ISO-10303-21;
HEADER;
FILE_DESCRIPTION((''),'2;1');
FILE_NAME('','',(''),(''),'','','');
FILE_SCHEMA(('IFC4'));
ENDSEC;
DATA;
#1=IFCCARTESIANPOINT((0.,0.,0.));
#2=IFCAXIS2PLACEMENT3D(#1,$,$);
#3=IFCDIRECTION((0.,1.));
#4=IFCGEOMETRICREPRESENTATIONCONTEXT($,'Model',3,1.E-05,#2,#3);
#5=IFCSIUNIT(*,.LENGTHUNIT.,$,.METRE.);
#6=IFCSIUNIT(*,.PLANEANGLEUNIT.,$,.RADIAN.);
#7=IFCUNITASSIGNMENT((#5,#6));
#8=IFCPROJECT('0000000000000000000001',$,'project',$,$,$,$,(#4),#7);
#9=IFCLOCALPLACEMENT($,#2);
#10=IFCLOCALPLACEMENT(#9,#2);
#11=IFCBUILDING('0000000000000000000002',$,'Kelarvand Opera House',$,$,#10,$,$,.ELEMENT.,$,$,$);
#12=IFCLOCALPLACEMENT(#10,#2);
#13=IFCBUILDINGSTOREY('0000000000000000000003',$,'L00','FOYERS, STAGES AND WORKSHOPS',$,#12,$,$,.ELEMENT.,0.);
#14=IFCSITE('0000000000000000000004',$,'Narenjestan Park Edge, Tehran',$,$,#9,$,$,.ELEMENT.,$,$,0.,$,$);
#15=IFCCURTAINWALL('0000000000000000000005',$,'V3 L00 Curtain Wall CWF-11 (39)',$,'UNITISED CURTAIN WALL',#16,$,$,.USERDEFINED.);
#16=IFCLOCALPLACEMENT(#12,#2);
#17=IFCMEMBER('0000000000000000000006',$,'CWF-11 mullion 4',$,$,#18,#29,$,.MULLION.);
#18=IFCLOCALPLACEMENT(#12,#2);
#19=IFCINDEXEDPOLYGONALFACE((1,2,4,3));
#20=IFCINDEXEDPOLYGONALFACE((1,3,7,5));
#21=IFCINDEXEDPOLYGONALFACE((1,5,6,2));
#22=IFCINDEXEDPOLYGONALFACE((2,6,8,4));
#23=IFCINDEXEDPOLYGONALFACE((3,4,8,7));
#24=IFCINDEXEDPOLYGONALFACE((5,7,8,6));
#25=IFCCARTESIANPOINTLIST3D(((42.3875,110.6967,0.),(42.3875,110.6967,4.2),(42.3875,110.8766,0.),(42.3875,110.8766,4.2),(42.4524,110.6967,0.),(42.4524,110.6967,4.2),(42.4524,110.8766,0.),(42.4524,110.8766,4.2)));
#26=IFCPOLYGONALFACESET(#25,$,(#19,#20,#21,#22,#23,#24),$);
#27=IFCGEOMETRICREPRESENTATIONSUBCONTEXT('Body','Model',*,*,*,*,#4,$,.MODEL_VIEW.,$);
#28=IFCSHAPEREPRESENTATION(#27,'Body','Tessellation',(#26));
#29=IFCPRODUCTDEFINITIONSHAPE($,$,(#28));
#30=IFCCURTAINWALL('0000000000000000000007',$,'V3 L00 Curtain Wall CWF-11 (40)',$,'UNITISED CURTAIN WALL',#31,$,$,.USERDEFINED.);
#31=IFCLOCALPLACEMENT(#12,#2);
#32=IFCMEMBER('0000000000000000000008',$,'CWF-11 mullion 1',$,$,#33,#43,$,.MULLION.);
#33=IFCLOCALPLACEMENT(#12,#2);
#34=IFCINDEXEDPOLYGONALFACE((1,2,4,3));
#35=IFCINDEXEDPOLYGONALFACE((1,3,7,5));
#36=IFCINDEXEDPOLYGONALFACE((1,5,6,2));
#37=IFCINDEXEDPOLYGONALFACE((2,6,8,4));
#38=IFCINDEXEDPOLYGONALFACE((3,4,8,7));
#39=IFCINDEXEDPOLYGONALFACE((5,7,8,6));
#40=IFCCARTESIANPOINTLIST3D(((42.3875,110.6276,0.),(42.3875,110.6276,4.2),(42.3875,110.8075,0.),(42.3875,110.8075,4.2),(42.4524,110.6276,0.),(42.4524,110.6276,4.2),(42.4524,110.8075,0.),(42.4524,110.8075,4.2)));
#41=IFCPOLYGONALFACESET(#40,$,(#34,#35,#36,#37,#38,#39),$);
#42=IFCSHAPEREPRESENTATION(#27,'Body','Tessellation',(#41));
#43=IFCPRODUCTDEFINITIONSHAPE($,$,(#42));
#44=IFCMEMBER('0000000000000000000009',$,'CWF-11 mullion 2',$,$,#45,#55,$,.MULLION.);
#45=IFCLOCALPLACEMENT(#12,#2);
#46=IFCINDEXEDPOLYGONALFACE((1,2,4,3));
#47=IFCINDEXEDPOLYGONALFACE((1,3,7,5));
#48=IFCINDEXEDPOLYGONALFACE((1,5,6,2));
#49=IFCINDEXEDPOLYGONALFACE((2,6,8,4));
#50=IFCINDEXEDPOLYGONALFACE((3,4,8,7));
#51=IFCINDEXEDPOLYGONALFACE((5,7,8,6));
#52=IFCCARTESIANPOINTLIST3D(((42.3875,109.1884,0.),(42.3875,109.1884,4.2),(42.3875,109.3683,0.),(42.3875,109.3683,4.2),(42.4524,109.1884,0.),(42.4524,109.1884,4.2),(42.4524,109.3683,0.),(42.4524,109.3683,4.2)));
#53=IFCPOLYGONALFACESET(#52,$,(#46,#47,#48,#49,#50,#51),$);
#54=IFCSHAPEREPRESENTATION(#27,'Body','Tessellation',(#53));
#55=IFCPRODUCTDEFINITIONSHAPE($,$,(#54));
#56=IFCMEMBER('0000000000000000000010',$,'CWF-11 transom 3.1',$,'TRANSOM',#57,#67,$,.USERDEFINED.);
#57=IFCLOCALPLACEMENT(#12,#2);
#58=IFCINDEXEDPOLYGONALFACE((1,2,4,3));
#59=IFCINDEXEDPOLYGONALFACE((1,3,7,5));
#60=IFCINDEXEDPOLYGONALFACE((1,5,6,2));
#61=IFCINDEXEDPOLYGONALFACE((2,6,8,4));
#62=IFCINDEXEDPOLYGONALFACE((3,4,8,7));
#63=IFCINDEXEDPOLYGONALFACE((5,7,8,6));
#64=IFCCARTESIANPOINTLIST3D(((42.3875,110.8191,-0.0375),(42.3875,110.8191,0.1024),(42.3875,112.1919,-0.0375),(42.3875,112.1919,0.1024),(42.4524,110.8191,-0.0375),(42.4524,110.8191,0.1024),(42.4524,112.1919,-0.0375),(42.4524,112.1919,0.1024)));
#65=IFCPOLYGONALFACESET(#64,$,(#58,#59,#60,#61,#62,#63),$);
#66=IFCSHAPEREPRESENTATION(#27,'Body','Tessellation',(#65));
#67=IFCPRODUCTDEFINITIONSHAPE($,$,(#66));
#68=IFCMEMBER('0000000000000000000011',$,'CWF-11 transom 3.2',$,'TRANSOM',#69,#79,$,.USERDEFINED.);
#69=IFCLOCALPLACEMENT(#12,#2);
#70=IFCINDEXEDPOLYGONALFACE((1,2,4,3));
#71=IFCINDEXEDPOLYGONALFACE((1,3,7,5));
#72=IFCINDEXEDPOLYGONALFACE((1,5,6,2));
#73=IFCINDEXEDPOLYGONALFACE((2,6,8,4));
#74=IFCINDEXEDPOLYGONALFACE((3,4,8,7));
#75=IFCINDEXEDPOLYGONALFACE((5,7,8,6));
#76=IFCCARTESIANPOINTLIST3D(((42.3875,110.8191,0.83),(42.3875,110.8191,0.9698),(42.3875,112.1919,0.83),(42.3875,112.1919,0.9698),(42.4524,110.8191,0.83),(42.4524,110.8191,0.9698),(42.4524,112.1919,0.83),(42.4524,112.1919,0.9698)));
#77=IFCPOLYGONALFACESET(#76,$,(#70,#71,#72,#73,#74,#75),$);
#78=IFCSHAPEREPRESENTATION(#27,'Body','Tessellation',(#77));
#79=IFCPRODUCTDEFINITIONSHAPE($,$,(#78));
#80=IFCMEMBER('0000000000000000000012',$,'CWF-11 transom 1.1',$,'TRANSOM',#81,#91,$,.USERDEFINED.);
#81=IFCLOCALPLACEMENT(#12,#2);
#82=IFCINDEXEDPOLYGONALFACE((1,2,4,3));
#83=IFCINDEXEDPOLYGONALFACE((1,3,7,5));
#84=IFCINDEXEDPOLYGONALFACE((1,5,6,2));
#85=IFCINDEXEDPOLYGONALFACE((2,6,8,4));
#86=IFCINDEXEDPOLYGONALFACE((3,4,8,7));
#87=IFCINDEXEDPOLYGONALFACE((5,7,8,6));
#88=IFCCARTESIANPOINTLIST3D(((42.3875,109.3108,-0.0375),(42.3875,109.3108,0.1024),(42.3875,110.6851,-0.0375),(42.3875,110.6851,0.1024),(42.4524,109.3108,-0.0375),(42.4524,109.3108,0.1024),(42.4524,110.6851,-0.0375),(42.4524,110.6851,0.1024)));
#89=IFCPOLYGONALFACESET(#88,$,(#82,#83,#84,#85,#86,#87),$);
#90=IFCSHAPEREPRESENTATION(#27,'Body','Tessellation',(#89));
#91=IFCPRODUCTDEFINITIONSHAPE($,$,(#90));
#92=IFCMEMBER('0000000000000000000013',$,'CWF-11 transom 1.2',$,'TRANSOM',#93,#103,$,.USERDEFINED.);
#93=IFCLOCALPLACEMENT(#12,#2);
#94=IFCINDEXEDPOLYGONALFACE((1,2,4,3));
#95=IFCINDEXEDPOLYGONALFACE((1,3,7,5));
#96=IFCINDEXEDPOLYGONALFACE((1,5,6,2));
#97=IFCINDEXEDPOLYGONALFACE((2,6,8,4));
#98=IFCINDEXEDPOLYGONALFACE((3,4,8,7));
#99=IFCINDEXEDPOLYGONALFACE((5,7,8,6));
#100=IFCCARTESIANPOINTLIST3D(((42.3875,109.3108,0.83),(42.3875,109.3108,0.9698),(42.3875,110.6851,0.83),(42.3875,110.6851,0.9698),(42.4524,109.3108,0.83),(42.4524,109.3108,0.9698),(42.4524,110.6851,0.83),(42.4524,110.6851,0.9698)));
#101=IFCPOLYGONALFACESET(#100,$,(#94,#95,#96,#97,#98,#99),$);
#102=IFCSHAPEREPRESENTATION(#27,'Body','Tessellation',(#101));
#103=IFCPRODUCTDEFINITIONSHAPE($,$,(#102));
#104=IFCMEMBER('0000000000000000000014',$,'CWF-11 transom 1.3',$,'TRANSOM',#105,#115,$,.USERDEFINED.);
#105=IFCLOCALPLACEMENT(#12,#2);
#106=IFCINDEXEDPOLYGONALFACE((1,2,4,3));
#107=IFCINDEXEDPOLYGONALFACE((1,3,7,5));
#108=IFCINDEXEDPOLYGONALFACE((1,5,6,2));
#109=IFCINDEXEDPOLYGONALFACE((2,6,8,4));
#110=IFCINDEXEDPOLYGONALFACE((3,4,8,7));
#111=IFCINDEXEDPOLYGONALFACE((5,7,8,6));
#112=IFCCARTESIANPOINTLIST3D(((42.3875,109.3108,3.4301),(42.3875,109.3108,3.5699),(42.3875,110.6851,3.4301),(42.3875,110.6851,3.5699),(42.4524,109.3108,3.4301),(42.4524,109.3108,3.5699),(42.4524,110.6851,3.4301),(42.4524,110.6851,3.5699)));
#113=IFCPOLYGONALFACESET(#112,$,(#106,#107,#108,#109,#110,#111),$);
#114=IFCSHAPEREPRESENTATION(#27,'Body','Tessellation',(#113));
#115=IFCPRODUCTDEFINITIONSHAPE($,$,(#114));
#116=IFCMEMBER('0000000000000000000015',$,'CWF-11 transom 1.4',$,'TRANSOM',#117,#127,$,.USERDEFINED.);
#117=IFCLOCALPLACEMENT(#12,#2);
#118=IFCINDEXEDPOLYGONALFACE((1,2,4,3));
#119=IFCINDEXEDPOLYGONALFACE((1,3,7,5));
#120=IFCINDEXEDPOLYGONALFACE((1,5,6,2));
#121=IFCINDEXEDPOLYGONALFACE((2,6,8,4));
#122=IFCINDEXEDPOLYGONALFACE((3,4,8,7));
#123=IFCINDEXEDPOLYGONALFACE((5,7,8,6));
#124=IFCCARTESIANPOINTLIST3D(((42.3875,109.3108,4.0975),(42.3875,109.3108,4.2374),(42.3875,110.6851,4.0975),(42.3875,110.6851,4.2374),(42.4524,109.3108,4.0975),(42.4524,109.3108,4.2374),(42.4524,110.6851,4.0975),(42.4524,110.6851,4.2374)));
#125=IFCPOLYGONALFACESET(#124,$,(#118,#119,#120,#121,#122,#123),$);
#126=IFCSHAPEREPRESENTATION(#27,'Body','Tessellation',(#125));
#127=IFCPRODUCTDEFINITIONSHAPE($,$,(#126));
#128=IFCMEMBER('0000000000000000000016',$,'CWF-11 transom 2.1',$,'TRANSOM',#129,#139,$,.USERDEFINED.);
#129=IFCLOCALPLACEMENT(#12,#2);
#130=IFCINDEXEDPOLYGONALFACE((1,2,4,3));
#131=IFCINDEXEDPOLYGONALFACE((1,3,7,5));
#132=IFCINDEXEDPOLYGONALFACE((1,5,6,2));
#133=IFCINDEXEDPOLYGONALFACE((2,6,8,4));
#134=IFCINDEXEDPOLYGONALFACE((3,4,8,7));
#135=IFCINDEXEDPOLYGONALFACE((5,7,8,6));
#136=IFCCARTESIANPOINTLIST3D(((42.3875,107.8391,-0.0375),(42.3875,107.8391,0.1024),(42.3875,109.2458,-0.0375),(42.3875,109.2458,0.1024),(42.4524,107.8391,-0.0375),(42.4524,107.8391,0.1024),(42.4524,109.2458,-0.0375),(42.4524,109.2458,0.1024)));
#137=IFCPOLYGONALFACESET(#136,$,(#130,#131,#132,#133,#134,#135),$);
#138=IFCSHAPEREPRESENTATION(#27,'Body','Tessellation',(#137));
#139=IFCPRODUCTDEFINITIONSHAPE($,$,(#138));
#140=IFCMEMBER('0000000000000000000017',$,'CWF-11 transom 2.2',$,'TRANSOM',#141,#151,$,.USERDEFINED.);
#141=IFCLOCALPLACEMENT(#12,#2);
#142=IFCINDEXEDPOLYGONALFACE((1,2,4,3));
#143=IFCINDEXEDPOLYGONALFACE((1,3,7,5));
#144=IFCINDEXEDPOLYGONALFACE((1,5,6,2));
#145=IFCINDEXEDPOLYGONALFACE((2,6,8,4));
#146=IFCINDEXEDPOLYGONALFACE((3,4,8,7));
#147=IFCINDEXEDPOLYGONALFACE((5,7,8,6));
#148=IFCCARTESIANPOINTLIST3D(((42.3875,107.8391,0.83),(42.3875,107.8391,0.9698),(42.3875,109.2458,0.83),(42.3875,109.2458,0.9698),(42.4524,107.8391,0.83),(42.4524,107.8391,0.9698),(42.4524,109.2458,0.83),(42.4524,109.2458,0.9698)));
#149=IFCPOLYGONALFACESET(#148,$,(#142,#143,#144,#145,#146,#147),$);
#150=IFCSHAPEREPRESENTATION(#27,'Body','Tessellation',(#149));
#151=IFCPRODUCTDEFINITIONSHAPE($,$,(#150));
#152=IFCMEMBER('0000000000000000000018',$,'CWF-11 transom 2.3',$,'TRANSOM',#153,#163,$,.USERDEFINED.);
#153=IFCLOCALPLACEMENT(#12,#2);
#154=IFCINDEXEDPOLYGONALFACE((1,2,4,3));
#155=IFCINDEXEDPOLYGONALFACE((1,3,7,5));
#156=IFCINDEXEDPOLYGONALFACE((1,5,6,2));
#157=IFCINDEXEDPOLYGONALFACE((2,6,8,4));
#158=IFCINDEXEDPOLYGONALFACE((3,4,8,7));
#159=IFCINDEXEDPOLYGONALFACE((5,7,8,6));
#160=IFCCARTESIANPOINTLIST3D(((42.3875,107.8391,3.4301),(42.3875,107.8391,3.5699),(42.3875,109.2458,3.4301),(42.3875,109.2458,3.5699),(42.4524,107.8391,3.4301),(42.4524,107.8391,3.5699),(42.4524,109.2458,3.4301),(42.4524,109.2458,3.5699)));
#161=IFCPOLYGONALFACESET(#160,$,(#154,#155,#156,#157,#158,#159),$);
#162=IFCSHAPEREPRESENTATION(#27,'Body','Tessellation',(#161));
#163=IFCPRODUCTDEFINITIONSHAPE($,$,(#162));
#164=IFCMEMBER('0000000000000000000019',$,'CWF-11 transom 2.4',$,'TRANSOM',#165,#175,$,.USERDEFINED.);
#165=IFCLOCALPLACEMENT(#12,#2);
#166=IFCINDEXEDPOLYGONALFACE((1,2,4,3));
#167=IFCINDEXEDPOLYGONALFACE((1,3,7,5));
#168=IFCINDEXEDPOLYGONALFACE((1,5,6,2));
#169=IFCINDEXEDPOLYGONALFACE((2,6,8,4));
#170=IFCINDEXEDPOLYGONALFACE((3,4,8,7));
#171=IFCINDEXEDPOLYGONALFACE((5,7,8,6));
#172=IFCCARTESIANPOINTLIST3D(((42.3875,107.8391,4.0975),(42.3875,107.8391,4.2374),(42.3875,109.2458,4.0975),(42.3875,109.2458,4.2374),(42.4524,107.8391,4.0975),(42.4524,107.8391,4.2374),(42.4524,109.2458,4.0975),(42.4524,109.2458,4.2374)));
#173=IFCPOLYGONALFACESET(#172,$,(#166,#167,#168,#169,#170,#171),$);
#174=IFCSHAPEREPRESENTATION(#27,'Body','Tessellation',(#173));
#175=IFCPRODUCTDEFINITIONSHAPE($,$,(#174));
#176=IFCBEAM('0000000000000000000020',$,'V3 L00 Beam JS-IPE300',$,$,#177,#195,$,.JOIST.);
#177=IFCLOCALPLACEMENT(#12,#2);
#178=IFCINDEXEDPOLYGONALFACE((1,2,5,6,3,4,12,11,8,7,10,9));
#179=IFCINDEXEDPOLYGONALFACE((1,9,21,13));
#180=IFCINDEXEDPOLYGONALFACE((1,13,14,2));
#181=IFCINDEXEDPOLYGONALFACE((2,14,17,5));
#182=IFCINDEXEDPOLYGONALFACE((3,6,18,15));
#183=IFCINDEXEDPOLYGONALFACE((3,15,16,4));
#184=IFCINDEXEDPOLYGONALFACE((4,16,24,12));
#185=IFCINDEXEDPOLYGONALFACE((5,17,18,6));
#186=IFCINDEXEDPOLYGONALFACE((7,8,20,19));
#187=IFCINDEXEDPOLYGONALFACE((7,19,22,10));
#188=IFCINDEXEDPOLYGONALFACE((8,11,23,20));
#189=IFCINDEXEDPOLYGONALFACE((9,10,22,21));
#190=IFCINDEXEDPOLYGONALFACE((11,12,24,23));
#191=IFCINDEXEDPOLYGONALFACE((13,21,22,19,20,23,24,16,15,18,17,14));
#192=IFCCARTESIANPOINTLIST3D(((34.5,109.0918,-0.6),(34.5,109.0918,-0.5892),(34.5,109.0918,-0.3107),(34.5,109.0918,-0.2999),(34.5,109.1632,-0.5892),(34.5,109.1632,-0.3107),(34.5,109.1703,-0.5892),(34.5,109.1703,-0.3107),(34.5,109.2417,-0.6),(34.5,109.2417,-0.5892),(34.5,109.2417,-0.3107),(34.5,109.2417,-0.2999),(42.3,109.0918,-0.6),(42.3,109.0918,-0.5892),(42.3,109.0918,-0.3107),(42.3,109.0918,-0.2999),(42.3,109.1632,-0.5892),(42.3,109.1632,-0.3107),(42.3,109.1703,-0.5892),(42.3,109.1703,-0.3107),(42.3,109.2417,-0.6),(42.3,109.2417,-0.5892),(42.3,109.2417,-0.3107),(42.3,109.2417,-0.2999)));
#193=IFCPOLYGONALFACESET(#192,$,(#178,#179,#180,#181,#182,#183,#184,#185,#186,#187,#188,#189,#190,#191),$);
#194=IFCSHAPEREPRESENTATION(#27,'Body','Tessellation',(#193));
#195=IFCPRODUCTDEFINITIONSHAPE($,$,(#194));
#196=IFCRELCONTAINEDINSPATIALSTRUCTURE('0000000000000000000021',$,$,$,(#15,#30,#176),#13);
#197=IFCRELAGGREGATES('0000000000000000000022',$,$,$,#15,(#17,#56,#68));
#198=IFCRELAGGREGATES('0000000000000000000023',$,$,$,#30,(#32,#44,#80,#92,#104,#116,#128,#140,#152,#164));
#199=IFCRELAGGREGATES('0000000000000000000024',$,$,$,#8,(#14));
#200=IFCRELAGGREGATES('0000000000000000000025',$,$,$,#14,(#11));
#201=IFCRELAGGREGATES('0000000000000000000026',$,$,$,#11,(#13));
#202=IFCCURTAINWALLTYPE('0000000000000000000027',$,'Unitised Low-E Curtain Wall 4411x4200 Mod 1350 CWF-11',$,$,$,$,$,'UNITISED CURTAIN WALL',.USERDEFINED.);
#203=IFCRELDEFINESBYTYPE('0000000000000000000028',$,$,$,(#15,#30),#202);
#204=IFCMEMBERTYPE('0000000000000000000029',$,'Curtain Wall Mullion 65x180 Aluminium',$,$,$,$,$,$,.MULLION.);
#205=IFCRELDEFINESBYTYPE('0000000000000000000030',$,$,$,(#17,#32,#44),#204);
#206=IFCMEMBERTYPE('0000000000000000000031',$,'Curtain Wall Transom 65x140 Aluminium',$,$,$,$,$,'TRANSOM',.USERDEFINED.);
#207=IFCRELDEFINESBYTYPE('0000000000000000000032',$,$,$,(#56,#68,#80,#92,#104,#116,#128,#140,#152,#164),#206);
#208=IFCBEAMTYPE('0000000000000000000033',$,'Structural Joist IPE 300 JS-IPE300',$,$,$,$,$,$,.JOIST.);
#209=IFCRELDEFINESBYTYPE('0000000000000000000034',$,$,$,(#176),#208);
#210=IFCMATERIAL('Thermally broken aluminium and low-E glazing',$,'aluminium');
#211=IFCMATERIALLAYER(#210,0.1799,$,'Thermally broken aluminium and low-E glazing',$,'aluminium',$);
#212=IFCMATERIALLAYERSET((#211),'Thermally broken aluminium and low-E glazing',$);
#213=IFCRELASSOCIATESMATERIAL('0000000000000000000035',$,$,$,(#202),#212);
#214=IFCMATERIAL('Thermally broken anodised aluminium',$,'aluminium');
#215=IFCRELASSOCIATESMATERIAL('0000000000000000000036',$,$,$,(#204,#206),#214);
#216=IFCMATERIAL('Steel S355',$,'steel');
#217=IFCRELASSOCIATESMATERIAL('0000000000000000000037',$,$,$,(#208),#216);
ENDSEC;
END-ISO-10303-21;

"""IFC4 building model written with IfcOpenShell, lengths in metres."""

from ifc_helpers import new_model, si_unit, direction, frame, origin, origin_2d, place, context, subcontext, project, spatial, rectangle, i_section, extrude, material, layer, layer_set, material_profile, profile_set, type_object, element, aggregate, save


model = new_model("IFC4")

# Units and contexts
model_context = context("Model", 3, precision=1e-05, world=origin(), true_north=direction((0.0, 1.0)))
body_context = subcontext(model_context, "Body", "Model", "MODEL_VIEW")
ifc_project = project(units=[si_unit("LENGTHUNIT", "METRE"), si_unit("PLANEANGLEUNIT", "RADIAN")], contexts=[model_context])

# Site, building, storey
site_placement = place(None, origin())
site = spatial("IfcSite", under=ifc_project, at=site_placement, Name="Narenjestan Park Edge, Tehran", CompositionType="ELEMENT", RefElevation=0.0)
building_placement = place(site_placement, origin())
building = spatial("IfcBuilding", under=site, at=building_placement, Name="Kelarvand Opera House", CompositionType="ELEMENT")
storey_placement = place(building_placement, origin())
storey = spatial("IfcBuildingStorey", under=building, at=storey_placement, Name="L00", Description="FOYERS, STAGES AND WORKSHOPS", CompositionType="ELEMENT", Elevation=0.0)

# Curtain wall, member
ifc_material_1 = material(Name="Thermally broken aluminium and low-E glazing", Category="aluminium")
ifc_layer_1 = layer(ifc_material_1, 0.1799, Name="Thermally broken aluminium and low-E glazing", Category="aluminium")
ifc_layer_set_1 = layer_set([ifc_layer_1], Name="Thermally broken aluminium and low-E glazing")
curtain_wall_type = type_object("IfcCurtainWallType", Name="Unitised Low-E Curtain Wall 4411x4200 Mod 1350 CWF-11", ElementType="UNITISED CURTAIN WALL", PredefinedType="USERDEFINED", material=ifc_layer_set_1)
curtain_wall_1_placement = place(storey_placement, origin())
curtain_wall_1 = element("IfcCurtainWall", 1, at=curtain_wall_1_placement, inside=storey, type_object=curtain_wall_type, Name="V3 L00 Curtain Wall CWF-11 (39)", ObjectType="UNITISED CURTAIN WALL", PredefinedType="USERDEFINED")
ifc_material_2 = material(Name="Thermally broken anodised aluminium", Category="aluminium")
ifc_material_profile_1 = material_profile(ifc_material_2, rectangle(XDim=0.0649, YDim=0.1799, at=origin_2d()), Name="ALU MULLION 65x180", Category="aluminium")
ifc_profile_set_1 = profile_set([ifc_material_profile_1], Name="Thermally broken anodised aluminium")
member_type_1 = type_object("IfcMemberType", Name="Curtain Wall Mullion 65x180 Aluminium", PredefinedType="MULLION", material=ifc_profile_set_1)
member_1_placement = place(storey_placement, frame((42.4199, 110.7866, 0.0), z_axis=(0.0, 0.0, 1.0), x_axis=(1.0, 0.0, 0.0)))
member_1 = element("IfcMember", 2, at=member_1_placement, type_object=member_type_1, Name="CWF-11 mullion 4", PredefinedType="MULLION", context=body_context, shape_type="SweptSolid", body=[
    extrude(rectangle(XDim=0.0649, YDim=0.1799, at=origin_2d()), origin(), (0.0, 0.0, 1.0), 4.2),
])

# Curtain wall, members
curtain_wall_2_placement = place(storey_placement, origin())
curtain_wall_2 = element("IfcCurtainWall", 3, at=curtain_wall_2_placement, inside=storey, type_object=curtain_wall_type, Name="V3 L00 Curtain Wall CWF-11 (40)", ObjectType="UNITISED CURTAIN WALL", PredefinedType="USERDEFINED")
member_2_placement = place(storey_placement, frame((42.4199, 110.7175, 0.0), z_axis=(0.0, 0.0, 1.0), x_axis=(1.0, 0.0, 0.0)))
member_2 = element("IfcMember", 4, at=member_2_placement, type_object=member_type_1, Name="CWF-11 mullion 1", PredefinedType="MULLION", context=body_context, shape_type="SweptSolid", body=[
    extrude(rectangle(XDim=0.0649, YDim=0.1799, at=origin_2d()), origin(), (0.0, 0.0, 1.0), 4.2),
])
member_3_placement = place(storey_placement, frame((42.4199, 109.2783, 0.0), z_axis=(0.0, 0.0, 1.0), x_axis=(1.0, 0.0, 0.0)))
member_3 = element("IfcMember", 5, at=member_3_placement, type_object=member_type_1, Name="CWF-11 mullion 2", PredefinedType="MULLION", context=body_context, shape_type="SweptSolid", body=[
    extrude(rectangle(XDim=0.0649, YDim=0.1799, at=origin_2d()), origin(), (0.0, 0.0, 1.0), 4.2),
])

# Members
ifc_material_profile_2 = material_profile(ifc_material_2, rectangle(XDim=0.0649, YDim=0.1399, at=origin_2d()), Name="ALU TRANSOM 65x140", Category="aluminium")
ifc_profile_set_2 = profile_set([ifc_material_profile_2], Name="Thermally broken anodised aluminium")
member_type_2 = type_object("IfcMemberType", Name="Curtain Wall Transom 65x140 Aluminium", ElementType="TRANSOM", PredefinedType="USERDEFINED", material=ifc_profile_set_2)
member_4_placement = place(storey_placement, frame((42.4199, 112.1919, 0.0325), z_axis=(0.0, -1.0, 0.0), x_axis=(1.0, 0.0, 0.0)))
member_4 = element("IfcMember", 6, at=member_4_placement, type_object=member_type_2, Name="CWF-11 transom 3.1", ObjectType="TRANSOM", PredefinedType="USERDEFINED", context=body_context, shape_type="SweptSolid", body=[
    extrude(rectangle(XDim=0.0649, YDim=0.1399, at=origin_2d()), origin(), (0.0, 0.0, 1.0), 1.3728),
])
member_5_placement = place(storey_placement, frame((42.4199, 112.1919, 0.8999), z_axis=(0.0, -1.0, 0.0), x_axis=(1.0, 0.0, 0.0)))
member_5 = element("IfcMember", 7, at=member_5_placement, type_object=member_type_2, Name="CWF-11 transom 3.2", ObjectType="TRANSOM", PredefinedType="USERDEFINED", context=body_context, shape_type="SweptSolid", body=[
    extrude(rectangle(XDim=0.0649, YDim=0.1399, at=origin_2d()), origin(), (0.0, 0.0, 1.0), 1.3728),
])
member_6_placement = place(storey_placement, frame((42.4199, 110.6851, 0.0325), z_axis=(0.0, -1.0, 0.0), x_axis=(1.0, 0.0, 0.0)))
member_6 = element("IfcMember", 8, at=member_6_placement, type_object=member_type_2, Name="CWF-11 transom 1.1", ObjectType="TRANSOM", PredefinedType="USERDEFINED", context=body_context, shape_type="SweptSolid", body=[
    extrude(rectangle(XDim=0.0649, YDim=0.1399, at=origin_2d()), origin(), (0.0, 0.0, 1.0), 1.3743),
])
member_7_placement = place(storey_placement, frame((42.4199, 110.6851, 0.8999), z_axis=(0.0, -1.0, 0.0), x_axis=(1.0, 0.0, 0.0)))
member_7 = element("IfcMember", 9, at=member_7_placement, type_object=member_type_2, Name="CWF-11 transom 1.2", ObjectType="TRANSOM", PredefinedType="USERDEFINED", context=body_context, shape_type="SweptSolid", body=[
    extrude(rectangle(XDim=0.0649, YDim=0.1399, at=origin_2d()), origin(), (0.0, 0.0, 1.0), 1.3743),
])
member_8_placement = place(storey_placement, frame((42.4199, 110.6851, 3.5), z_axis=(0.0, -1.0, 0.0), x_axis=(1.0, 0.0, 0.0)))
member_8 = element("IfcMember", 10, at=member_8_placement, type_object=member_type_2, Name="CWF-11 transom 1.3", ObjectType="TRANSOM", PredefinedType="USERDEFINED", context=body_context, shape_type="SweptSolid", body=[
    extrude(rectangle(XDim=0.0649, YDim=0.1399, at=origin_2d()), origin(), (0.0, 0.0, 1.0), 1.3743),
])
member_9_placement = place(storey_placement, frame((42.4199, 110.6851, 4.1675), z_axis=(0.0, -1.0, 0.0), x_axis=(1.0, 0.0, 0.0)))
member_9 = element("IfcMember", 11, at=member_9_placement, type_object=member_type_2, Name="CWF-11 transom 1.4", ObjectType="TRANSOM", PredefinedType="USERDEFINED", context=body_context, shape_type="SweptSolid", body=[
    extrude(rectangle(XDim=0.0649, YDim=0.1399, at=origin_2d()), origin(), (0.0, 0.0, 1.0), 1.3743),
])
member_10_placement = place(storey_placement, frame((42.4199, 109.2458, 0.0325), z_axis=(0.0, -1.0, 0.0), x_axis=(1.0, 0.0, 0.0)))
member_10 = element("IfcMember", 12, at=member_10_placement, type_object=member_type_2, Name="CWF-11 transom 2.1", ObjectType="TRANSOM", PredefinedType="USERDEFINED", context=body_context, shape_type="SweptSolid", body=[
    extrude(rectangle(XDim=0.0649, YDim=0.1399, at=origin_2d()), origin(), (0.0, 0.0, 1.0), 1.4067),
])
member_11_placement = place(storey_placement, frame((42.4199, 109.2458, 0.8999), z_axis=(0.0, -1.0, 0.0), x_axis=(1.0, 0.0, 0.0)))
member_11 = element("IfcMember", 13, at=member_11_placement, type_object=member_type_2, Name="CWF-11 transom 2.2", ObjectType="TRANSOM", PredefinedType="USERDEFINED", context=body_context, shape_type="SweptSolid", body=[
    extrude(rectangle(XDim=0.0649, YDim=0.1399, at=origin_2d()), origin(), (0.0, 0.0, 1.0), 1.4067),
])
member_12_placement = place(storey_placement, frame((42.4199, 109.2458, 3.5), z_axis=(0.0, -1.0, 0.0), x_axis=(1.0, 0.0, 0.0)))
member_12 = element("IfcMember", 14, at=member_12_placement, type_object=member_type_2, Name="CWF-11 transom 2.3", ObjectType="TRANSOM", PredefinedType="USERDEFINED", context=body_context, shape_type="SweptSolid", body=[
    extrude(rectangle(XDim=0.0649, YDim=0.1399, at=origin_2d()), origin(), (0.0, 0.0, 1.0), 1.4067),
])
member_13_placement = place(storey_placement, frame((42.4199, 109.2458, 4.1675), z_axis=(0.0, -1.0, 0.0), x_axis=(1.0, 0.0, 0.0)))
member_13 = element("IfcMember", 15, at=member_13_placement, type_object=member_type_2, Name="CWF-11 transom 2.4", ObjectType="TRANSOM", PredefinedType="USERDEFINED", context=body_context, shape_type="SweptSolid", body=[
    extrude(rectangle(XDim=0.0649, YDim=0.1399, at=origin_2d()), origin(), (0.0, 0.0, 1.0), 1.4067),
])

# Beam
ifc_material_3 = material(Name="Steel S355", Category="steel")
ifc_material_profile_3 = material_profile(ifc_material_3, i_section(OverallWidth=0.1499, OverallDepth=0.3, WebThickness=0.0071, FlangeThickness=0.0107, at=origin_2d()), Name="IPE 300", Category="steel")
ifc_profile_set_3 = profile_set([ifc_material_profile_3], Name="Steel S355")
beam_type = type_object("IfcBeamType", Name="Structural Joist IPE 300 JS-IPE300", PredefinedType="JOIST", material=ifc_profile_set_3)
beam_placement = place(storey_placement, frame((34.5, 109.1667, -0.45), z_axis=(1.0, 0.0, 0.0), x_axis=(0.0, 1.0, 0.0)))
element("IfcBeam", 16, at=beam_placement, inside=storey, type_object=beam_type, Name="V3 L00 Beam JS-IPE300", PredefinedType="JOIST", context=body_context, shape_type="SweptSolid", body=[
    extrude(i_section(OverallWidth=0.1499, OverallDepth=0.3, WebThickness=0.0071, FlangeThickness=0.0107, at=origin_2d()), origin(), (0.0, 0.0, 1.0), 7.8),
])

aggregate(curtain_wall_1, [member_1, member_4, member_5])
aggregate(curtain_wall_2, [member_2, member_3, member_6, member_7, member_8, member_9, member_10, member_11, member_12, member_13])

save(model, "model.ifc")
